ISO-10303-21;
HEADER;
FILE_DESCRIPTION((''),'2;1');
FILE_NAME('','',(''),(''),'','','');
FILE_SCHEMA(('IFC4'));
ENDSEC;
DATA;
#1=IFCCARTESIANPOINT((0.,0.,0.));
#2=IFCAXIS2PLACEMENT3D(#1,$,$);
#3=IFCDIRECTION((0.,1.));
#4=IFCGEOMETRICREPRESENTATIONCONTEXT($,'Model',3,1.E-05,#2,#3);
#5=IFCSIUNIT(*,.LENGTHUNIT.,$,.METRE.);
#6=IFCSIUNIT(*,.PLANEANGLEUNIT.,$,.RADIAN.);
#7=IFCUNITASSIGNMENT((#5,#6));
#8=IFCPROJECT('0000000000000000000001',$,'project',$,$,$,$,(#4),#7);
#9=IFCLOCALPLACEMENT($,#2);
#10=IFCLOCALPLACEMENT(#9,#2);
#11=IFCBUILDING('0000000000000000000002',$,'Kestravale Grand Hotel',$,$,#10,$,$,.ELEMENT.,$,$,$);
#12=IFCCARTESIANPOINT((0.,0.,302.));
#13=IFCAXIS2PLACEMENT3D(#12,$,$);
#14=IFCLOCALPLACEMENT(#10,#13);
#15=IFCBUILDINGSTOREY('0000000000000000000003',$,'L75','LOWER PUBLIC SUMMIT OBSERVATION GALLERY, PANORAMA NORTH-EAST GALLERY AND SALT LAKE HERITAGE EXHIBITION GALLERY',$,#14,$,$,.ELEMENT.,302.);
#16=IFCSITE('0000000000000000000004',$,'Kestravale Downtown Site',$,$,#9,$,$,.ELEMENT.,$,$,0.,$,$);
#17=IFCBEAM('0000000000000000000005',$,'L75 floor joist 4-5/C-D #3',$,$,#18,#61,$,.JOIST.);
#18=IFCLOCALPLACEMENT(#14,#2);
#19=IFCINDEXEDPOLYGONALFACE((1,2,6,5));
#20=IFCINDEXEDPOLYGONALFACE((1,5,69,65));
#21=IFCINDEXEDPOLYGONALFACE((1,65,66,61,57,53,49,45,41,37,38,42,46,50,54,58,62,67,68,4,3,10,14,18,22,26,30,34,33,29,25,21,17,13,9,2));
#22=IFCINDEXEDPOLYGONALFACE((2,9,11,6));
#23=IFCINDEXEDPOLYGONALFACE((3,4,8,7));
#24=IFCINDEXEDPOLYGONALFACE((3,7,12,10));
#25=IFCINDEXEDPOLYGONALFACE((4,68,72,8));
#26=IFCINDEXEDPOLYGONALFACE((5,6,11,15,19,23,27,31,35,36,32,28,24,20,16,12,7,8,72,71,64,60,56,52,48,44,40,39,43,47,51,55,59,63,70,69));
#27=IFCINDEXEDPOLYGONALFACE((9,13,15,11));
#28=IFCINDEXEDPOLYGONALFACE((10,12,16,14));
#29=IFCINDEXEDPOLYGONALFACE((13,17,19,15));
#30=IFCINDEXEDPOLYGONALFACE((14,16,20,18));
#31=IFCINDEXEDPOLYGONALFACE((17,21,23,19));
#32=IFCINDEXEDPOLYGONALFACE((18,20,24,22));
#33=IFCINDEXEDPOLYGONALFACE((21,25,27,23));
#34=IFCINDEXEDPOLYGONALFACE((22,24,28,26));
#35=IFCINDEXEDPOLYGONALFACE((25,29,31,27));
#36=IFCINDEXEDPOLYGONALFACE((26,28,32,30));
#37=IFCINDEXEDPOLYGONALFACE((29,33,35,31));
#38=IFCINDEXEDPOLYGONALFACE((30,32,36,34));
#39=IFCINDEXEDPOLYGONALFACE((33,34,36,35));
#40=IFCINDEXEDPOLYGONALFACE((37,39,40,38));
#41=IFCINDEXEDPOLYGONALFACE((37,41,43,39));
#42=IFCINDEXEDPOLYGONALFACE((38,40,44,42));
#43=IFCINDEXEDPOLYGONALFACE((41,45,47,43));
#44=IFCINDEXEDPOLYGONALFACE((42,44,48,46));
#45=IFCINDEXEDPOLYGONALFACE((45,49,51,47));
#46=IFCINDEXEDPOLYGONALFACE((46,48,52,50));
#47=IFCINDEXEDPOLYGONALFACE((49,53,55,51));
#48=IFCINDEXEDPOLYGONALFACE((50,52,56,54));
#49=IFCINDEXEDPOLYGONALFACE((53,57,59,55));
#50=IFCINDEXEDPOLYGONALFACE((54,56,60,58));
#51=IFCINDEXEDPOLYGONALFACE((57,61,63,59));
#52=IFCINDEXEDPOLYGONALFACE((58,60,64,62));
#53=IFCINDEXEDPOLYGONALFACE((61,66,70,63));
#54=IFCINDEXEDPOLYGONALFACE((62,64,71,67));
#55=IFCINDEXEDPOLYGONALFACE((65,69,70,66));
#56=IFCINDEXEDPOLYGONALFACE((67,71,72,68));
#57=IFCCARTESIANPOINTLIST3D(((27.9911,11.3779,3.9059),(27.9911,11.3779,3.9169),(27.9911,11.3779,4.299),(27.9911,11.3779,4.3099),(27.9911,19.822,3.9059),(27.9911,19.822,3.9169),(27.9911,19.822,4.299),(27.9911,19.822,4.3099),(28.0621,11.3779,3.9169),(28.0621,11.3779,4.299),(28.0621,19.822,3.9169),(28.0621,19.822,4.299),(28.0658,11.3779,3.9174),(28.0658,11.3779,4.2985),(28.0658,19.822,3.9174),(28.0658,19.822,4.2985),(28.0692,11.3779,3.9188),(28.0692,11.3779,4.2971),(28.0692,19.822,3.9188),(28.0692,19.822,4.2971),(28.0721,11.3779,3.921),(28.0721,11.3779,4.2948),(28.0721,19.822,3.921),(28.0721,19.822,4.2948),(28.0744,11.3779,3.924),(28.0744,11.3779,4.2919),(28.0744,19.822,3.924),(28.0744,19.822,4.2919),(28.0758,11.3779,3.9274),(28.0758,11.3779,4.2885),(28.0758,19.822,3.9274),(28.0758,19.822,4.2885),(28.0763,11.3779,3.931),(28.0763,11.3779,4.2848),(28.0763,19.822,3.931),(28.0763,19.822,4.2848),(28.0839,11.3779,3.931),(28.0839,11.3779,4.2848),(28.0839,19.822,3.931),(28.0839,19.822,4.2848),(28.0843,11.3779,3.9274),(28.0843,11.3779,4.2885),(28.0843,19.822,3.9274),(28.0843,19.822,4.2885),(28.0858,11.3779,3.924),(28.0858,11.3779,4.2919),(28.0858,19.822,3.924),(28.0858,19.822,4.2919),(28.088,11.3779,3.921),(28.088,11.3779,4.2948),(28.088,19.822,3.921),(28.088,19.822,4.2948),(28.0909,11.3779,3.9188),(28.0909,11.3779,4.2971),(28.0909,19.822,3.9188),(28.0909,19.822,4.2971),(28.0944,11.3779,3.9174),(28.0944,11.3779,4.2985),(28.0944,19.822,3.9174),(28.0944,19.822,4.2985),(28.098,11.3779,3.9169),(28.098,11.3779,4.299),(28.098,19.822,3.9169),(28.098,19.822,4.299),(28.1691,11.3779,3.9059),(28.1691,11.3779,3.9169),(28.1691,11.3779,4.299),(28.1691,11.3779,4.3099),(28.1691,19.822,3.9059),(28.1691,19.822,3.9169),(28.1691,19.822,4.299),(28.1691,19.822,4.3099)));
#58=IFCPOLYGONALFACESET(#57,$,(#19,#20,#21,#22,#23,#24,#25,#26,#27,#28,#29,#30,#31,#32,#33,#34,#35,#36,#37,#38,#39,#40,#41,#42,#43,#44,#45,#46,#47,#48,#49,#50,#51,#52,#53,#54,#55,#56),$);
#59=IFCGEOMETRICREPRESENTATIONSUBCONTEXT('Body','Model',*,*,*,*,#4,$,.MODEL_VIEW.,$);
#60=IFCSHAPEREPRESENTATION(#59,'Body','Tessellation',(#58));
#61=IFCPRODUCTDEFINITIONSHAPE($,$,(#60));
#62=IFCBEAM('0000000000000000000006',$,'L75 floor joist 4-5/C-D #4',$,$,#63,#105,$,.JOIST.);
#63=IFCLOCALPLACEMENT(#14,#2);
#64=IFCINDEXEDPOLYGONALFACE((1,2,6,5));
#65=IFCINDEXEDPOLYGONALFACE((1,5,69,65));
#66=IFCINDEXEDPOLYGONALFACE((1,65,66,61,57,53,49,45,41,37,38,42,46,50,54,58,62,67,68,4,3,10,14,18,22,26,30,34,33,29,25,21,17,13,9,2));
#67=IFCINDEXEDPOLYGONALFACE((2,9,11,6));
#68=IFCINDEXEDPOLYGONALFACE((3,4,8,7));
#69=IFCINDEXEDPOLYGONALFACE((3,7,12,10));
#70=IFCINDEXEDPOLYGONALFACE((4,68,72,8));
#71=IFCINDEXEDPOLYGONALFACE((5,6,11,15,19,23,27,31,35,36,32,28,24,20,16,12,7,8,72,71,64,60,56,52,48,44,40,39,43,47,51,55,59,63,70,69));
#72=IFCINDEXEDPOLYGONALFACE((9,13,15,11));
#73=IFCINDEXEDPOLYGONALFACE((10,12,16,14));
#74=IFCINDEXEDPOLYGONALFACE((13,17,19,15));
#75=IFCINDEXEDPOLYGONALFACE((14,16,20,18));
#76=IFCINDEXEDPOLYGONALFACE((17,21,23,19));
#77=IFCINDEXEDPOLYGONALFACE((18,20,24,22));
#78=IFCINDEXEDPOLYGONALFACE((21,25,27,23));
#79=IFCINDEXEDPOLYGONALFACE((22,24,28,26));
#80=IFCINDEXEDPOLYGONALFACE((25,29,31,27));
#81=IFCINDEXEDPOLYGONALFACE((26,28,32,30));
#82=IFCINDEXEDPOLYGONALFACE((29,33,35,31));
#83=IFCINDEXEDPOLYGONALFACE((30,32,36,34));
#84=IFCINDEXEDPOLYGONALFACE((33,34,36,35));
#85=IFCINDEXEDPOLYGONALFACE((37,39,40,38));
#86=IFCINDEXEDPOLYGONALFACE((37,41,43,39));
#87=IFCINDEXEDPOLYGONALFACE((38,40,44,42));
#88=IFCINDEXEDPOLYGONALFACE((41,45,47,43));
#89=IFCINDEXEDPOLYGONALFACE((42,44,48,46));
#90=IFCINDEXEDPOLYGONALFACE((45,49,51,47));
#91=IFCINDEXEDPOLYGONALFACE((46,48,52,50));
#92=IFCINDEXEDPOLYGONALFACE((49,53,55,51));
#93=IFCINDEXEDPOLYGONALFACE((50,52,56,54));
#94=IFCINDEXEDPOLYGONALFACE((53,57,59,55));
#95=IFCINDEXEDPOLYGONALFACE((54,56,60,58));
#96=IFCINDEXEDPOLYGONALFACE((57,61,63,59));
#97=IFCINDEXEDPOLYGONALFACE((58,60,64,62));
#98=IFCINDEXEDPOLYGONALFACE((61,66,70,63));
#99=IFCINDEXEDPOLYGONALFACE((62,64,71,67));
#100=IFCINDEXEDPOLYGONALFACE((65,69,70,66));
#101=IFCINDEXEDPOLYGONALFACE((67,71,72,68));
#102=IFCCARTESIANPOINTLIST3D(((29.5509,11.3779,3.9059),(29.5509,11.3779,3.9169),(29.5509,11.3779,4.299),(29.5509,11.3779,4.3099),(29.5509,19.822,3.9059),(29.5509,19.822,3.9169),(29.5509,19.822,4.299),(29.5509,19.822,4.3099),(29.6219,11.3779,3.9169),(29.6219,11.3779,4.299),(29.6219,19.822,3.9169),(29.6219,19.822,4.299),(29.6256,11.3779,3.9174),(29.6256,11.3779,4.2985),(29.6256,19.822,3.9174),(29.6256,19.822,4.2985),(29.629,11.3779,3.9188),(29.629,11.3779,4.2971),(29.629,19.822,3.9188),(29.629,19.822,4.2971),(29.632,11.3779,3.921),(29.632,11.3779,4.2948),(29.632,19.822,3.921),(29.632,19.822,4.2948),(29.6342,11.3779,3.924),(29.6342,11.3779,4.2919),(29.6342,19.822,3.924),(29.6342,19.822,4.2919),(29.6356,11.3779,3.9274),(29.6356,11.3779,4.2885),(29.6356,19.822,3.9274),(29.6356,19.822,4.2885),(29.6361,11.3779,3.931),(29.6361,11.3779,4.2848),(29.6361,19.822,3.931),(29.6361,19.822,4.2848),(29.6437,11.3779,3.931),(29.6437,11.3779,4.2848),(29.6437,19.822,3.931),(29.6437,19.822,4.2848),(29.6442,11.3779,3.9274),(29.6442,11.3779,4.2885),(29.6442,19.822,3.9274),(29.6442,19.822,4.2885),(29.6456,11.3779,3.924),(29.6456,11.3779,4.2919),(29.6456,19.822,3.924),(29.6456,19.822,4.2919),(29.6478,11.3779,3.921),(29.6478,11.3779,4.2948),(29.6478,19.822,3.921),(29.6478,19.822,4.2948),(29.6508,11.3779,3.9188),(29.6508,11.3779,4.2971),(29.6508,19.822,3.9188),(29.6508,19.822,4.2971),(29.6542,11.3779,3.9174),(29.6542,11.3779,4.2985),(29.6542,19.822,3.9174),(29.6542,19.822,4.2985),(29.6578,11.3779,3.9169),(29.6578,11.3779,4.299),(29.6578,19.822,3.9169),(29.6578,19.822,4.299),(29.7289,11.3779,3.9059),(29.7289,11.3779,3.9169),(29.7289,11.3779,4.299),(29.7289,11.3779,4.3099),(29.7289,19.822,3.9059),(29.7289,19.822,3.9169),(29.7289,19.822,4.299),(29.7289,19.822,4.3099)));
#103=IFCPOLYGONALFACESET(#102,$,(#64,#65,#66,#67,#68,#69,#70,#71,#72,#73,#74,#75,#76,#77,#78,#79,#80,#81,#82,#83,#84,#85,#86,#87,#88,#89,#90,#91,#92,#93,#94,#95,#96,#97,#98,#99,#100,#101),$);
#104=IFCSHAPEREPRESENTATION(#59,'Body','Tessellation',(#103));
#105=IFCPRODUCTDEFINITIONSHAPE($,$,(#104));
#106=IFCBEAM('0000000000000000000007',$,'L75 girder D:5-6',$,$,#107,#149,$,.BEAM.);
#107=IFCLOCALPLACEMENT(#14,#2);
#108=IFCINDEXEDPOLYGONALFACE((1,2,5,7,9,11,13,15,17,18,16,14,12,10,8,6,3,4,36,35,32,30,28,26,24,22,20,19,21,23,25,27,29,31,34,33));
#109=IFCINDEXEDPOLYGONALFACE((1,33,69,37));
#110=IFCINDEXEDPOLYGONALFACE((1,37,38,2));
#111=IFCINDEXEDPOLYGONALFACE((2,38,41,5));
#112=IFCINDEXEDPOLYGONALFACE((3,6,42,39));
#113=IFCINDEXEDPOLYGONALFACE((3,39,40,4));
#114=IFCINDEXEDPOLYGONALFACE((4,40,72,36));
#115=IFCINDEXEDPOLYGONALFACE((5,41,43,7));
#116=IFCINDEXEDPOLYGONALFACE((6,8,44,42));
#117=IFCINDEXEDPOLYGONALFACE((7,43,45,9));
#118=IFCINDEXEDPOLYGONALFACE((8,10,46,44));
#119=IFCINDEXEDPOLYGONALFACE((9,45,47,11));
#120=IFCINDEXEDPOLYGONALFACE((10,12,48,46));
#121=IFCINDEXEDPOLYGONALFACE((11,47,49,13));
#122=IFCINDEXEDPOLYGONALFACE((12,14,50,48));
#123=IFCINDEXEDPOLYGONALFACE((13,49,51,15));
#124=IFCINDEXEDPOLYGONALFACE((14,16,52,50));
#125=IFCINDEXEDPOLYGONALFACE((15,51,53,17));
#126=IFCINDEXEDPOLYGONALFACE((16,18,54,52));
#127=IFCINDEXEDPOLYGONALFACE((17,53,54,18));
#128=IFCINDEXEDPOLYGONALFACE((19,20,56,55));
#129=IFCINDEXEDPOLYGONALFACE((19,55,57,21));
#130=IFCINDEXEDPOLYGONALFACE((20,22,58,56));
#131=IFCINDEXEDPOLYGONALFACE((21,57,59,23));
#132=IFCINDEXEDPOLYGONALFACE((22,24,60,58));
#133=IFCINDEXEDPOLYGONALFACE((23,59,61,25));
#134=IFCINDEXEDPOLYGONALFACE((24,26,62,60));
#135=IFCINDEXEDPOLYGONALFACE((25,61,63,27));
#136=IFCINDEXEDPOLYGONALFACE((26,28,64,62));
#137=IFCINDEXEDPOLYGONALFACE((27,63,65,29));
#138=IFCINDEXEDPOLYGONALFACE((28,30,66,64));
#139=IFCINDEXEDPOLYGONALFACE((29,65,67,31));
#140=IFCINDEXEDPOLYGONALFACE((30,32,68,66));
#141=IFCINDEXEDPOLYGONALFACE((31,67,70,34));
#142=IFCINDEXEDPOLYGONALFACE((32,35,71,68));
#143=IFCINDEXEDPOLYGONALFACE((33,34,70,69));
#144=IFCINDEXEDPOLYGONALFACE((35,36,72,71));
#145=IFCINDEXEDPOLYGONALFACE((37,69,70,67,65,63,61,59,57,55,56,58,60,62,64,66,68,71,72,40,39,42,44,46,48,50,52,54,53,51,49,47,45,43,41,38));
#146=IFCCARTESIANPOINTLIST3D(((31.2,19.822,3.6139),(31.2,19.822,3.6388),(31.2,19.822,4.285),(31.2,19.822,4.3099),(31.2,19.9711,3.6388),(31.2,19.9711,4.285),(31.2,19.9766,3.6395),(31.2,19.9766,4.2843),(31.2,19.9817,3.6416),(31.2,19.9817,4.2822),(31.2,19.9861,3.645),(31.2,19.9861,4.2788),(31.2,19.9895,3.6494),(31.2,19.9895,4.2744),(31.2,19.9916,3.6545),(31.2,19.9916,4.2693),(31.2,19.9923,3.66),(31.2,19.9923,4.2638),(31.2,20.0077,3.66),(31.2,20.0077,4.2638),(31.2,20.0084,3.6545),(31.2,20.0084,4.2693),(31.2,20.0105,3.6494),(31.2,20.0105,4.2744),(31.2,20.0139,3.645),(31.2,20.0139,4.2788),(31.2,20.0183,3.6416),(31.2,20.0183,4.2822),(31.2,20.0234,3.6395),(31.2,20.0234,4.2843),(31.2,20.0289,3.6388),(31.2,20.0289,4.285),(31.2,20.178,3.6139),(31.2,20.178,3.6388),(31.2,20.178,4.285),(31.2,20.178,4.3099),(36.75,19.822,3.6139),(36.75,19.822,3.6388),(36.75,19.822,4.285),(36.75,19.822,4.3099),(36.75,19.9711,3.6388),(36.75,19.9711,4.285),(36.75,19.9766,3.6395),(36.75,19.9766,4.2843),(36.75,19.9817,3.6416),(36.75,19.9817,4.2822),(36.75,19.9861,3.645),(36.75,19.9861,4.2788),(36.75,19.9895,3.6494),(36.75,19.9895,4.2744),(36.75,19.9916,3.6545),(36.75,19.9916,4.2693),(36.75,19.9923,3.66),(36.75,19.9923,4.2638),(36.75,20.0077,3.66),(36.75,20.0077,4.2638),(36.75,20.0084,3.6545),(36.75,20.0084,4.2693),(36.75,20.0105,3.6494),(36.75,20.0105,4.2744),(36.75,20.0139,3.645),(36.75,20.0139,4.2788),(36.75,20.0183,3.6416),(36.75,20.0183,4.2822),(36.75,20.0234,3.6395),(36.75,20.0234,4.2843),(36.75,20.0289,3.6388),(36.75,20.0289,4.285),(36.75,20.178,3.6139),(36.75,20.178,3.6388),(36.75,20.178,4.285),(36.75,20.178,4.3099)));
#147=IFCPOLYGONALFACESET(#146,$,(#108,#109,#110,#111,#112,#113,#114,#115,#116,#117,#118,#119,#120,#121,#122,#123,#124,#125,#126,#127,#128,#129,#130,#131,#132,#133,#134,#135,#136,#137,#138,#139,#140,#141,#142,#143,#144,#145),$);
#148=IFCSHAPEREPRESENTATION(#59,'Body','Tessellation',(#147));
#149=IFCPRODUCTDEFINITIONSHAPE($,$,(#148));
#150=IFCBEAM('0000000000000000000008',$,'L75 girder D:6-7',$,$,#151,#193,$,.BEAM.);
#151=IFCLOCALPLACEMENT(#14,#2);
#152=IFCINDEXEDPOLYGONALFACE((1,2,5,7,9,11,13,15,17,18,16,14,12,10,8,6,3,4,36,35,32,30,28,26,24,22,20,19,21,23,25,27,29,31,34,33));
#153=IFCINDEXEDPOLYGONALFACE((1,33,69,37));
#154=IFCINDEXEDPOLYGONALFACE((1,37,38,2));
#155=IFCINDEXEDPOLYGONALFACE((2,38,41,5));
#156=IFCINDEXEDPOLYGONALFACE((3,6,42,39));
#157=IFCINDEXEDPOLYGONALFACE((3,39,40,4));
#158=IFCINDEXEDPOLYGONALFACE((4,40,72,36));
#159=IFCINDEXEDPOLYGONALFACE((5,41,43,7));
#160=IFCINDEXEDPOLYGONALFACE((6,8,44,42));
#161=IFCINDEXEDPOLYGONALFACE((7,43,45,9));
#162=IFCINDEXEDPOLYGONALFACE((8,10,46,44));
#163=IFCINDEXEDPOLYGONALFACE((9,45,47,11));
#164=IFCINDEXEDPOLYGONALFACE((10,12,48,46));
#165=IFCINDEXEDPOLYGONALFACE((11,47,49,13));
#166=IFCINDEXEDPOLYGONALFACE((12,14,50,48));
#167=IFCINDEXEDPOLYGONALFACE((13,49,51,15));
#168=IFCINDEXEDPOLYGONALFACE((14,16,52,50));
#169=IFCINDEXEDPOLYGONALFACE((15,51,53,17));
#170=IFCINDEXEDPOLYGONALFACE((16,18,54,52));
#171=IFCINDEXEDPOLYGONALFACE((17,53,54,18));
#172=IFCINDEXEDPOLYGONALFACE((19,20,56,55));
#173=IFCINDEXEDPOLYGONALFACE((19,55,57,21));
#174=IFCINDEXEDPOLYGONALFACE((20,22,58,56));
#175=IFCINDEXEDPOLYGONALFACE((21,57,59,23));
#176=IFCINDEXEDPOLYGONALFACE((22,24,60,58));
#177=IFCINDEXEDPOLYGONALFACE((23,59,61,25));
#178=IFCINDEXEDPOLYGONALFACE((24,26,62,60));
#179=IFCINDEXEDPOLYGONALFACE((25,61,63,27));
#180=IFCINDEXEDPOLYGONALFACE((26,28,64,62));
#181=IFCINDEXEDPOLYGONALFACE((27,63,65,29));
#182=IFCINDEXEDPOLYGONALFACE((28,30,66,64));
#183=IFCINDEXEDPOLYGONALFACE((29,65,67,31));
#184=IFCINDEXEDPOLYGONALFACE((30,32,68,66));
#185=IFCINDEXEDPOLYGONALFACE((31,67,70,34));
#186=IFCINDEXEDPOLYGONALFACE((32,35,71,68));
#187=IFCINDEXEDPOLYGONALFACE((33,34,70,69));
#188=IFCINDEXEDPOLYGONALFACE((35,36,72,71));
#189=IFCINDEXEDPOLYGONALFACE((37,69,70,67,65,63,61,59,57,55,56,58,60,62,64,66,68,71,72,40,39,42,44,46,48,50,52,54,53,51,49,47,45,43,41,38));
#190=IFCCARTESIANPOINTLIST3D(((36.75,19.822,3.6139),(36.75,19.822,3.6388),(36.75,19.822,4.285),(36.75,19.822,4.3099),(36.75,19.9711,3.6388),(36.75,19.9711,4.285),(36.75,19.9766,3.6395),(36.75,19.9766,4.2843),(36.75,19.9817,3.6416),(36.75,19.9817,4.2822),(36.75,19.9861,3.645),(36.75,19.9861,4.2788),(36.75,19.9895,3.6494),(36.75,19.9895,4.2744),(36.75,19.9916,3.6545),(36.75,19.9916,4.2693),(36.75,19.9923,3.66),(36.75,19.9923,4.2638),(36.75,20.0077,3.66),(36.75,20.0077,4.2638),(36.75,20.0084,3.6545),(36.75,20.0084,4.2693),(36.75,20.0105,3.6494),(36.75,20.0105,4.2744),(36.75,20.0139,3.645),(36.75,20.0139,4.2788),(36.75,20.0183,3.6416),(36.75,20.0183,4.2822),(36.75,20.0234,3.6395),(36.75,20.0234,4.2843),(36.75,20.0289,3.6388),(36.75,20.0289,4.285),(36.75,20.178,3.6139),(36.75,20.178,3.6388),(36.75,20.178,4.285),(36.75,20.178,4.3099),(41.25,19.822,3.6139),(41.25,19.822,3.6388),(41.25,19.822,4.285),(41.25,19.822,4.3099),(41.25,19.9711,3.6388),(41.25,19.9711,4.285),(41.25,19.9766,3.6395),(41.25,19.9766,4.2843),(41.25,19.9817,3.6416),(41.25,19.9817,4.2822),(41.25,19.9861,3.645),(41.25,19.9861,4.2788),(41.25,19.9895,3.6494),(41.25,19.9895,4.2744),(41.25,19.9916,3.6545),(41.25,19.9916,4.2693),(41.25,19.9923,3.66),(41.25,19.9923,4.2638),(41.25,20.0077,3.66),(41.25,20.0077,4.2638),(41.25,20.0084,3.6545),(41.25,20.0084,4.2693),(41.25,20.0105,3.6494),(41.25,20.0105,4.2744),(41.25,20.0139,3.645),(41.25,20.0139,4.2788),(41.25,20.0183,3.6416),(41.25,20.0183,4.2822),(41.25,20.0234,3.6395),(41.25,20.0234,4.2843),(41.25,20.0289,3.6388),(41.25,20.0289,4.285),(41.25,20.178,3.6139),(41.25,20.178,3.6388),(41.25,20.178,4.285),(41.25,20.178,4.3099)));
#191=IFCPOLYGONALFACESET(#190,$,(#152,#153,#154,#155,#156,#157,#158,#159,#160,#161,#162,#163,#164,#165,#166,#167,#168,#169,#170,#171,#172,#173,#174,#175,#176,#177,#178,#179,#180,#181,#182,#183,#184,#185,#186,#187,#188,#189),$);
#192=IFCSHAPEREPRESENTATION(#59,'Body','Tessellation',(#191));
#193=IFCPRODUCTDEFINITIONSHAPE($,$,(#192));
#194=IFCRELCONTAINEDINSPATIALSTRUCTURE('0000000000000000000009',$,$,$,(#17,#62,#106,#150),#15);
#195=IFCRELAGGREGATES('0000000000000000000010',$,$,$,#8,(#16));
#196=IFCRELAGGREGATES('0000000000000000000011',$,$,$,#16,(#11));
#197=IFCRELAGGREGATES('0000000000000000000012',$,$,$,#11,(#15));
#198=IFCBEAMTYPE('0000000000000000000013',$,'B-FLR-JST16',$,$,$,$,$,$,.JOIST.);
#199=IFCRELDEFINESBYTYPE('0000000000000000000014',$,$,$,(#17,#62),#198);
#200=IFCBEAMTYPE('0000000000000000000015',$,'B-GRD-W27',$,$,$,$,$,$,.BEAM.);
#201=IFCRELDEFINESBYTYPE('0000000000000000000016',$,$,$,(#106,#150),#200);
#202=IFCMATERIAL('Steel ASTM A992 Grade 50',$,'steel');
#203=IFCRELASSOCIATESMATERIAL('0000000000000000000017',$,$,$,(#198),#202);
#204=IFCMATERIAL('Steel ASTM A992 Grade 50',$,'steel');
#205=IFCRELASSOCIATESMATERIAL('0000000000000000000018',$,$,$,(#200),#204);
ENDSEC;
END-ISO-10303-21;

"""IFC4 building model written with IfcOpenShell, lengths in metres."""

from ifc_helpers import new_model, si_unit, direction, frame, origin, origin_2d, place, context, subcontext, project, spatial, i_section, extrude, material, material_profile, profile_set, type_object, element, save


model = new_model("IFC4")

# Units and contexts
model_context = context("Model", 3, precision=1e-05, world=origin(), true_north=direction((0.0, 1.0)))
body_context = subcontext(model_context, "Body", "Model", "MODEL_VIEW")
ifc_project = project(units=[si_unit("LENGTHUNIT", "METRE"), si_unit("PLANEANGLEUNIT", "RADIAN")], contexts=[model_context])

# Site, building, storey
site_placement = place(None, origin())
site = spatial("IfcSite", under=ifc_project, at=site_placement, Name="Kestravale Downtown Site", CompositionType="ELEMENT", RefElevation=0.0)
building_placement = place(site_placement, origin())
building = spatial("IfcBuilding", under=site, at=building_placement, Name="Kestravale Grand Hotel", CompositionType="ELEMENT")
storey_placement = place(building_placement, frame((0.0, 0.0, 302.0)))
storey = spatial("IfcBuildingStorey", under=building, at=storey_placement, Name="L75", Description="LOWER PUBLIC SUMMIT OBSERVATION GALLERY, PANORAMA NORTH-EAST GALLERY AND SALT LAKE HERITAGE EXHIBITION GALLERY", CompositionType="ELEMENT", Elevation=302.0)

# Beams
ifc_material_1 = material(Name="Steel ASTM A992 Grade 50", Category="steel")
ifc_material_profile_1 = material_profile(ifc_material_1, i_section(OverallWidth=0.178, OverallDepth=0.4041, WebThickness=0.0076, FlangeThickness=0.011, FilletRadius=0.0142, at=origin_2d()))
ifc_profile_set_1 = profile_set([ifc_material_profile_1], Name="Steel ASTM A992 Grade 50")
beam_type_1 = type_object("IfcBeamType", Name="B-FLR-JST16", PredefinedType="JOIST", material=ifc_profile_set_1)
for number, where, z_axis, x_axis, name in (
    (1, (28.0801, 11.3779, 4.1079), (0.0, 1.0, 0.0), (-1.0, 0.0, 0.0), "L75 floor joist 4-5/C-D #3"),
    (2, (29.6399, 11.3779, 4.1079), (0.0, 1.0, 0.0), (-1.0, 0.0, 0.0), "L75 floor joist 4-5/C-D #4"),
):
    element("IfcBeam", number, at=place(storey_placement, frame(where, z_axis=z_axis, x_axis=x_axis)), inside=storey, type_object=beam_type_1, Name=name, PredefinedType="JOIST", context=body_context, shape_type="SweptSolid", body=[
        extrude(i_section(OverallWidth=0.178, OverallDepth=0.4041, WebThickness=0.0076, FlangeThickness=0.011, FilletRadius=0.0142, at=origin_2d()), origin(), (0.0, 0.0, 1.0), 8.4441),
    ])
ifc_material_2 = material(Name="Steel ASTM A992 Grade 50", Category="steel")
ifc_material_profile_2 = material_profile(ifc_material_2, i_section(OverallWidth=0.356, OverallDepth=0.696, WebThickness=0.0154, FlangeThickness=0.0249, FilletRadius=0.0212, at=origin_2d()))
ifc_profile_set_2 = profile_set([ifc_material_profile_2], Name="Steel ASTM A992 Grade 50")
beam_type_2 = type_object("IfcBeamType", Name="B-GRD-W27", PredefinedType="BEAM", material=ifc_profile_set_2)
beam_1_placement = place(storey_placement, frame((31.2, 20.0, 3.9619), z_axis=(1.0, 0.0, 0.0), x_axis=(0.0, 1.0, 0.0)))
element("IfcBeam", 3, at=beam_1_placement, inside=storey, type_object=beam_type_2, Name="L75 girder D:5-6", PredefinedType="BEAM", context=body_context, shape_type="SweptSolid", body=[
    extrude(i_section(OverallWidth=0.356, OverallDepth=0.696, WebThickness=0.0154, FlangeThickness=0.0249, FilletRadius=0.0212, at=origin_2d()), origin(), (0.0, 0.0, 1.0), 5.55),
])
beam_2_placement = place(storey_placement, frame((36.75, 20.0, 3.9619), z_axis=(1.0, 0.0, 0.0), x_axis=(0.0, 1.0, 0.0)))
element("IfcBeam", 4, at=beam_2_placement, inside=storey, type_object=beam_type_2, Name="L75 girder D:6-7", PredefinedType="BEAM", context=body_context, shape_type="SweptSolid", body=[
    extrude(i_section(OverallWidth=0.356, OverallDepth=0.696, WebThickness=0.0154, FlangeThickness=0.0249, FilletRadius=0.0212, at=origin_2d()), origin(), (0.0, 0.0, 1.0), 4.5),
])

save(model, "model.ifc")
